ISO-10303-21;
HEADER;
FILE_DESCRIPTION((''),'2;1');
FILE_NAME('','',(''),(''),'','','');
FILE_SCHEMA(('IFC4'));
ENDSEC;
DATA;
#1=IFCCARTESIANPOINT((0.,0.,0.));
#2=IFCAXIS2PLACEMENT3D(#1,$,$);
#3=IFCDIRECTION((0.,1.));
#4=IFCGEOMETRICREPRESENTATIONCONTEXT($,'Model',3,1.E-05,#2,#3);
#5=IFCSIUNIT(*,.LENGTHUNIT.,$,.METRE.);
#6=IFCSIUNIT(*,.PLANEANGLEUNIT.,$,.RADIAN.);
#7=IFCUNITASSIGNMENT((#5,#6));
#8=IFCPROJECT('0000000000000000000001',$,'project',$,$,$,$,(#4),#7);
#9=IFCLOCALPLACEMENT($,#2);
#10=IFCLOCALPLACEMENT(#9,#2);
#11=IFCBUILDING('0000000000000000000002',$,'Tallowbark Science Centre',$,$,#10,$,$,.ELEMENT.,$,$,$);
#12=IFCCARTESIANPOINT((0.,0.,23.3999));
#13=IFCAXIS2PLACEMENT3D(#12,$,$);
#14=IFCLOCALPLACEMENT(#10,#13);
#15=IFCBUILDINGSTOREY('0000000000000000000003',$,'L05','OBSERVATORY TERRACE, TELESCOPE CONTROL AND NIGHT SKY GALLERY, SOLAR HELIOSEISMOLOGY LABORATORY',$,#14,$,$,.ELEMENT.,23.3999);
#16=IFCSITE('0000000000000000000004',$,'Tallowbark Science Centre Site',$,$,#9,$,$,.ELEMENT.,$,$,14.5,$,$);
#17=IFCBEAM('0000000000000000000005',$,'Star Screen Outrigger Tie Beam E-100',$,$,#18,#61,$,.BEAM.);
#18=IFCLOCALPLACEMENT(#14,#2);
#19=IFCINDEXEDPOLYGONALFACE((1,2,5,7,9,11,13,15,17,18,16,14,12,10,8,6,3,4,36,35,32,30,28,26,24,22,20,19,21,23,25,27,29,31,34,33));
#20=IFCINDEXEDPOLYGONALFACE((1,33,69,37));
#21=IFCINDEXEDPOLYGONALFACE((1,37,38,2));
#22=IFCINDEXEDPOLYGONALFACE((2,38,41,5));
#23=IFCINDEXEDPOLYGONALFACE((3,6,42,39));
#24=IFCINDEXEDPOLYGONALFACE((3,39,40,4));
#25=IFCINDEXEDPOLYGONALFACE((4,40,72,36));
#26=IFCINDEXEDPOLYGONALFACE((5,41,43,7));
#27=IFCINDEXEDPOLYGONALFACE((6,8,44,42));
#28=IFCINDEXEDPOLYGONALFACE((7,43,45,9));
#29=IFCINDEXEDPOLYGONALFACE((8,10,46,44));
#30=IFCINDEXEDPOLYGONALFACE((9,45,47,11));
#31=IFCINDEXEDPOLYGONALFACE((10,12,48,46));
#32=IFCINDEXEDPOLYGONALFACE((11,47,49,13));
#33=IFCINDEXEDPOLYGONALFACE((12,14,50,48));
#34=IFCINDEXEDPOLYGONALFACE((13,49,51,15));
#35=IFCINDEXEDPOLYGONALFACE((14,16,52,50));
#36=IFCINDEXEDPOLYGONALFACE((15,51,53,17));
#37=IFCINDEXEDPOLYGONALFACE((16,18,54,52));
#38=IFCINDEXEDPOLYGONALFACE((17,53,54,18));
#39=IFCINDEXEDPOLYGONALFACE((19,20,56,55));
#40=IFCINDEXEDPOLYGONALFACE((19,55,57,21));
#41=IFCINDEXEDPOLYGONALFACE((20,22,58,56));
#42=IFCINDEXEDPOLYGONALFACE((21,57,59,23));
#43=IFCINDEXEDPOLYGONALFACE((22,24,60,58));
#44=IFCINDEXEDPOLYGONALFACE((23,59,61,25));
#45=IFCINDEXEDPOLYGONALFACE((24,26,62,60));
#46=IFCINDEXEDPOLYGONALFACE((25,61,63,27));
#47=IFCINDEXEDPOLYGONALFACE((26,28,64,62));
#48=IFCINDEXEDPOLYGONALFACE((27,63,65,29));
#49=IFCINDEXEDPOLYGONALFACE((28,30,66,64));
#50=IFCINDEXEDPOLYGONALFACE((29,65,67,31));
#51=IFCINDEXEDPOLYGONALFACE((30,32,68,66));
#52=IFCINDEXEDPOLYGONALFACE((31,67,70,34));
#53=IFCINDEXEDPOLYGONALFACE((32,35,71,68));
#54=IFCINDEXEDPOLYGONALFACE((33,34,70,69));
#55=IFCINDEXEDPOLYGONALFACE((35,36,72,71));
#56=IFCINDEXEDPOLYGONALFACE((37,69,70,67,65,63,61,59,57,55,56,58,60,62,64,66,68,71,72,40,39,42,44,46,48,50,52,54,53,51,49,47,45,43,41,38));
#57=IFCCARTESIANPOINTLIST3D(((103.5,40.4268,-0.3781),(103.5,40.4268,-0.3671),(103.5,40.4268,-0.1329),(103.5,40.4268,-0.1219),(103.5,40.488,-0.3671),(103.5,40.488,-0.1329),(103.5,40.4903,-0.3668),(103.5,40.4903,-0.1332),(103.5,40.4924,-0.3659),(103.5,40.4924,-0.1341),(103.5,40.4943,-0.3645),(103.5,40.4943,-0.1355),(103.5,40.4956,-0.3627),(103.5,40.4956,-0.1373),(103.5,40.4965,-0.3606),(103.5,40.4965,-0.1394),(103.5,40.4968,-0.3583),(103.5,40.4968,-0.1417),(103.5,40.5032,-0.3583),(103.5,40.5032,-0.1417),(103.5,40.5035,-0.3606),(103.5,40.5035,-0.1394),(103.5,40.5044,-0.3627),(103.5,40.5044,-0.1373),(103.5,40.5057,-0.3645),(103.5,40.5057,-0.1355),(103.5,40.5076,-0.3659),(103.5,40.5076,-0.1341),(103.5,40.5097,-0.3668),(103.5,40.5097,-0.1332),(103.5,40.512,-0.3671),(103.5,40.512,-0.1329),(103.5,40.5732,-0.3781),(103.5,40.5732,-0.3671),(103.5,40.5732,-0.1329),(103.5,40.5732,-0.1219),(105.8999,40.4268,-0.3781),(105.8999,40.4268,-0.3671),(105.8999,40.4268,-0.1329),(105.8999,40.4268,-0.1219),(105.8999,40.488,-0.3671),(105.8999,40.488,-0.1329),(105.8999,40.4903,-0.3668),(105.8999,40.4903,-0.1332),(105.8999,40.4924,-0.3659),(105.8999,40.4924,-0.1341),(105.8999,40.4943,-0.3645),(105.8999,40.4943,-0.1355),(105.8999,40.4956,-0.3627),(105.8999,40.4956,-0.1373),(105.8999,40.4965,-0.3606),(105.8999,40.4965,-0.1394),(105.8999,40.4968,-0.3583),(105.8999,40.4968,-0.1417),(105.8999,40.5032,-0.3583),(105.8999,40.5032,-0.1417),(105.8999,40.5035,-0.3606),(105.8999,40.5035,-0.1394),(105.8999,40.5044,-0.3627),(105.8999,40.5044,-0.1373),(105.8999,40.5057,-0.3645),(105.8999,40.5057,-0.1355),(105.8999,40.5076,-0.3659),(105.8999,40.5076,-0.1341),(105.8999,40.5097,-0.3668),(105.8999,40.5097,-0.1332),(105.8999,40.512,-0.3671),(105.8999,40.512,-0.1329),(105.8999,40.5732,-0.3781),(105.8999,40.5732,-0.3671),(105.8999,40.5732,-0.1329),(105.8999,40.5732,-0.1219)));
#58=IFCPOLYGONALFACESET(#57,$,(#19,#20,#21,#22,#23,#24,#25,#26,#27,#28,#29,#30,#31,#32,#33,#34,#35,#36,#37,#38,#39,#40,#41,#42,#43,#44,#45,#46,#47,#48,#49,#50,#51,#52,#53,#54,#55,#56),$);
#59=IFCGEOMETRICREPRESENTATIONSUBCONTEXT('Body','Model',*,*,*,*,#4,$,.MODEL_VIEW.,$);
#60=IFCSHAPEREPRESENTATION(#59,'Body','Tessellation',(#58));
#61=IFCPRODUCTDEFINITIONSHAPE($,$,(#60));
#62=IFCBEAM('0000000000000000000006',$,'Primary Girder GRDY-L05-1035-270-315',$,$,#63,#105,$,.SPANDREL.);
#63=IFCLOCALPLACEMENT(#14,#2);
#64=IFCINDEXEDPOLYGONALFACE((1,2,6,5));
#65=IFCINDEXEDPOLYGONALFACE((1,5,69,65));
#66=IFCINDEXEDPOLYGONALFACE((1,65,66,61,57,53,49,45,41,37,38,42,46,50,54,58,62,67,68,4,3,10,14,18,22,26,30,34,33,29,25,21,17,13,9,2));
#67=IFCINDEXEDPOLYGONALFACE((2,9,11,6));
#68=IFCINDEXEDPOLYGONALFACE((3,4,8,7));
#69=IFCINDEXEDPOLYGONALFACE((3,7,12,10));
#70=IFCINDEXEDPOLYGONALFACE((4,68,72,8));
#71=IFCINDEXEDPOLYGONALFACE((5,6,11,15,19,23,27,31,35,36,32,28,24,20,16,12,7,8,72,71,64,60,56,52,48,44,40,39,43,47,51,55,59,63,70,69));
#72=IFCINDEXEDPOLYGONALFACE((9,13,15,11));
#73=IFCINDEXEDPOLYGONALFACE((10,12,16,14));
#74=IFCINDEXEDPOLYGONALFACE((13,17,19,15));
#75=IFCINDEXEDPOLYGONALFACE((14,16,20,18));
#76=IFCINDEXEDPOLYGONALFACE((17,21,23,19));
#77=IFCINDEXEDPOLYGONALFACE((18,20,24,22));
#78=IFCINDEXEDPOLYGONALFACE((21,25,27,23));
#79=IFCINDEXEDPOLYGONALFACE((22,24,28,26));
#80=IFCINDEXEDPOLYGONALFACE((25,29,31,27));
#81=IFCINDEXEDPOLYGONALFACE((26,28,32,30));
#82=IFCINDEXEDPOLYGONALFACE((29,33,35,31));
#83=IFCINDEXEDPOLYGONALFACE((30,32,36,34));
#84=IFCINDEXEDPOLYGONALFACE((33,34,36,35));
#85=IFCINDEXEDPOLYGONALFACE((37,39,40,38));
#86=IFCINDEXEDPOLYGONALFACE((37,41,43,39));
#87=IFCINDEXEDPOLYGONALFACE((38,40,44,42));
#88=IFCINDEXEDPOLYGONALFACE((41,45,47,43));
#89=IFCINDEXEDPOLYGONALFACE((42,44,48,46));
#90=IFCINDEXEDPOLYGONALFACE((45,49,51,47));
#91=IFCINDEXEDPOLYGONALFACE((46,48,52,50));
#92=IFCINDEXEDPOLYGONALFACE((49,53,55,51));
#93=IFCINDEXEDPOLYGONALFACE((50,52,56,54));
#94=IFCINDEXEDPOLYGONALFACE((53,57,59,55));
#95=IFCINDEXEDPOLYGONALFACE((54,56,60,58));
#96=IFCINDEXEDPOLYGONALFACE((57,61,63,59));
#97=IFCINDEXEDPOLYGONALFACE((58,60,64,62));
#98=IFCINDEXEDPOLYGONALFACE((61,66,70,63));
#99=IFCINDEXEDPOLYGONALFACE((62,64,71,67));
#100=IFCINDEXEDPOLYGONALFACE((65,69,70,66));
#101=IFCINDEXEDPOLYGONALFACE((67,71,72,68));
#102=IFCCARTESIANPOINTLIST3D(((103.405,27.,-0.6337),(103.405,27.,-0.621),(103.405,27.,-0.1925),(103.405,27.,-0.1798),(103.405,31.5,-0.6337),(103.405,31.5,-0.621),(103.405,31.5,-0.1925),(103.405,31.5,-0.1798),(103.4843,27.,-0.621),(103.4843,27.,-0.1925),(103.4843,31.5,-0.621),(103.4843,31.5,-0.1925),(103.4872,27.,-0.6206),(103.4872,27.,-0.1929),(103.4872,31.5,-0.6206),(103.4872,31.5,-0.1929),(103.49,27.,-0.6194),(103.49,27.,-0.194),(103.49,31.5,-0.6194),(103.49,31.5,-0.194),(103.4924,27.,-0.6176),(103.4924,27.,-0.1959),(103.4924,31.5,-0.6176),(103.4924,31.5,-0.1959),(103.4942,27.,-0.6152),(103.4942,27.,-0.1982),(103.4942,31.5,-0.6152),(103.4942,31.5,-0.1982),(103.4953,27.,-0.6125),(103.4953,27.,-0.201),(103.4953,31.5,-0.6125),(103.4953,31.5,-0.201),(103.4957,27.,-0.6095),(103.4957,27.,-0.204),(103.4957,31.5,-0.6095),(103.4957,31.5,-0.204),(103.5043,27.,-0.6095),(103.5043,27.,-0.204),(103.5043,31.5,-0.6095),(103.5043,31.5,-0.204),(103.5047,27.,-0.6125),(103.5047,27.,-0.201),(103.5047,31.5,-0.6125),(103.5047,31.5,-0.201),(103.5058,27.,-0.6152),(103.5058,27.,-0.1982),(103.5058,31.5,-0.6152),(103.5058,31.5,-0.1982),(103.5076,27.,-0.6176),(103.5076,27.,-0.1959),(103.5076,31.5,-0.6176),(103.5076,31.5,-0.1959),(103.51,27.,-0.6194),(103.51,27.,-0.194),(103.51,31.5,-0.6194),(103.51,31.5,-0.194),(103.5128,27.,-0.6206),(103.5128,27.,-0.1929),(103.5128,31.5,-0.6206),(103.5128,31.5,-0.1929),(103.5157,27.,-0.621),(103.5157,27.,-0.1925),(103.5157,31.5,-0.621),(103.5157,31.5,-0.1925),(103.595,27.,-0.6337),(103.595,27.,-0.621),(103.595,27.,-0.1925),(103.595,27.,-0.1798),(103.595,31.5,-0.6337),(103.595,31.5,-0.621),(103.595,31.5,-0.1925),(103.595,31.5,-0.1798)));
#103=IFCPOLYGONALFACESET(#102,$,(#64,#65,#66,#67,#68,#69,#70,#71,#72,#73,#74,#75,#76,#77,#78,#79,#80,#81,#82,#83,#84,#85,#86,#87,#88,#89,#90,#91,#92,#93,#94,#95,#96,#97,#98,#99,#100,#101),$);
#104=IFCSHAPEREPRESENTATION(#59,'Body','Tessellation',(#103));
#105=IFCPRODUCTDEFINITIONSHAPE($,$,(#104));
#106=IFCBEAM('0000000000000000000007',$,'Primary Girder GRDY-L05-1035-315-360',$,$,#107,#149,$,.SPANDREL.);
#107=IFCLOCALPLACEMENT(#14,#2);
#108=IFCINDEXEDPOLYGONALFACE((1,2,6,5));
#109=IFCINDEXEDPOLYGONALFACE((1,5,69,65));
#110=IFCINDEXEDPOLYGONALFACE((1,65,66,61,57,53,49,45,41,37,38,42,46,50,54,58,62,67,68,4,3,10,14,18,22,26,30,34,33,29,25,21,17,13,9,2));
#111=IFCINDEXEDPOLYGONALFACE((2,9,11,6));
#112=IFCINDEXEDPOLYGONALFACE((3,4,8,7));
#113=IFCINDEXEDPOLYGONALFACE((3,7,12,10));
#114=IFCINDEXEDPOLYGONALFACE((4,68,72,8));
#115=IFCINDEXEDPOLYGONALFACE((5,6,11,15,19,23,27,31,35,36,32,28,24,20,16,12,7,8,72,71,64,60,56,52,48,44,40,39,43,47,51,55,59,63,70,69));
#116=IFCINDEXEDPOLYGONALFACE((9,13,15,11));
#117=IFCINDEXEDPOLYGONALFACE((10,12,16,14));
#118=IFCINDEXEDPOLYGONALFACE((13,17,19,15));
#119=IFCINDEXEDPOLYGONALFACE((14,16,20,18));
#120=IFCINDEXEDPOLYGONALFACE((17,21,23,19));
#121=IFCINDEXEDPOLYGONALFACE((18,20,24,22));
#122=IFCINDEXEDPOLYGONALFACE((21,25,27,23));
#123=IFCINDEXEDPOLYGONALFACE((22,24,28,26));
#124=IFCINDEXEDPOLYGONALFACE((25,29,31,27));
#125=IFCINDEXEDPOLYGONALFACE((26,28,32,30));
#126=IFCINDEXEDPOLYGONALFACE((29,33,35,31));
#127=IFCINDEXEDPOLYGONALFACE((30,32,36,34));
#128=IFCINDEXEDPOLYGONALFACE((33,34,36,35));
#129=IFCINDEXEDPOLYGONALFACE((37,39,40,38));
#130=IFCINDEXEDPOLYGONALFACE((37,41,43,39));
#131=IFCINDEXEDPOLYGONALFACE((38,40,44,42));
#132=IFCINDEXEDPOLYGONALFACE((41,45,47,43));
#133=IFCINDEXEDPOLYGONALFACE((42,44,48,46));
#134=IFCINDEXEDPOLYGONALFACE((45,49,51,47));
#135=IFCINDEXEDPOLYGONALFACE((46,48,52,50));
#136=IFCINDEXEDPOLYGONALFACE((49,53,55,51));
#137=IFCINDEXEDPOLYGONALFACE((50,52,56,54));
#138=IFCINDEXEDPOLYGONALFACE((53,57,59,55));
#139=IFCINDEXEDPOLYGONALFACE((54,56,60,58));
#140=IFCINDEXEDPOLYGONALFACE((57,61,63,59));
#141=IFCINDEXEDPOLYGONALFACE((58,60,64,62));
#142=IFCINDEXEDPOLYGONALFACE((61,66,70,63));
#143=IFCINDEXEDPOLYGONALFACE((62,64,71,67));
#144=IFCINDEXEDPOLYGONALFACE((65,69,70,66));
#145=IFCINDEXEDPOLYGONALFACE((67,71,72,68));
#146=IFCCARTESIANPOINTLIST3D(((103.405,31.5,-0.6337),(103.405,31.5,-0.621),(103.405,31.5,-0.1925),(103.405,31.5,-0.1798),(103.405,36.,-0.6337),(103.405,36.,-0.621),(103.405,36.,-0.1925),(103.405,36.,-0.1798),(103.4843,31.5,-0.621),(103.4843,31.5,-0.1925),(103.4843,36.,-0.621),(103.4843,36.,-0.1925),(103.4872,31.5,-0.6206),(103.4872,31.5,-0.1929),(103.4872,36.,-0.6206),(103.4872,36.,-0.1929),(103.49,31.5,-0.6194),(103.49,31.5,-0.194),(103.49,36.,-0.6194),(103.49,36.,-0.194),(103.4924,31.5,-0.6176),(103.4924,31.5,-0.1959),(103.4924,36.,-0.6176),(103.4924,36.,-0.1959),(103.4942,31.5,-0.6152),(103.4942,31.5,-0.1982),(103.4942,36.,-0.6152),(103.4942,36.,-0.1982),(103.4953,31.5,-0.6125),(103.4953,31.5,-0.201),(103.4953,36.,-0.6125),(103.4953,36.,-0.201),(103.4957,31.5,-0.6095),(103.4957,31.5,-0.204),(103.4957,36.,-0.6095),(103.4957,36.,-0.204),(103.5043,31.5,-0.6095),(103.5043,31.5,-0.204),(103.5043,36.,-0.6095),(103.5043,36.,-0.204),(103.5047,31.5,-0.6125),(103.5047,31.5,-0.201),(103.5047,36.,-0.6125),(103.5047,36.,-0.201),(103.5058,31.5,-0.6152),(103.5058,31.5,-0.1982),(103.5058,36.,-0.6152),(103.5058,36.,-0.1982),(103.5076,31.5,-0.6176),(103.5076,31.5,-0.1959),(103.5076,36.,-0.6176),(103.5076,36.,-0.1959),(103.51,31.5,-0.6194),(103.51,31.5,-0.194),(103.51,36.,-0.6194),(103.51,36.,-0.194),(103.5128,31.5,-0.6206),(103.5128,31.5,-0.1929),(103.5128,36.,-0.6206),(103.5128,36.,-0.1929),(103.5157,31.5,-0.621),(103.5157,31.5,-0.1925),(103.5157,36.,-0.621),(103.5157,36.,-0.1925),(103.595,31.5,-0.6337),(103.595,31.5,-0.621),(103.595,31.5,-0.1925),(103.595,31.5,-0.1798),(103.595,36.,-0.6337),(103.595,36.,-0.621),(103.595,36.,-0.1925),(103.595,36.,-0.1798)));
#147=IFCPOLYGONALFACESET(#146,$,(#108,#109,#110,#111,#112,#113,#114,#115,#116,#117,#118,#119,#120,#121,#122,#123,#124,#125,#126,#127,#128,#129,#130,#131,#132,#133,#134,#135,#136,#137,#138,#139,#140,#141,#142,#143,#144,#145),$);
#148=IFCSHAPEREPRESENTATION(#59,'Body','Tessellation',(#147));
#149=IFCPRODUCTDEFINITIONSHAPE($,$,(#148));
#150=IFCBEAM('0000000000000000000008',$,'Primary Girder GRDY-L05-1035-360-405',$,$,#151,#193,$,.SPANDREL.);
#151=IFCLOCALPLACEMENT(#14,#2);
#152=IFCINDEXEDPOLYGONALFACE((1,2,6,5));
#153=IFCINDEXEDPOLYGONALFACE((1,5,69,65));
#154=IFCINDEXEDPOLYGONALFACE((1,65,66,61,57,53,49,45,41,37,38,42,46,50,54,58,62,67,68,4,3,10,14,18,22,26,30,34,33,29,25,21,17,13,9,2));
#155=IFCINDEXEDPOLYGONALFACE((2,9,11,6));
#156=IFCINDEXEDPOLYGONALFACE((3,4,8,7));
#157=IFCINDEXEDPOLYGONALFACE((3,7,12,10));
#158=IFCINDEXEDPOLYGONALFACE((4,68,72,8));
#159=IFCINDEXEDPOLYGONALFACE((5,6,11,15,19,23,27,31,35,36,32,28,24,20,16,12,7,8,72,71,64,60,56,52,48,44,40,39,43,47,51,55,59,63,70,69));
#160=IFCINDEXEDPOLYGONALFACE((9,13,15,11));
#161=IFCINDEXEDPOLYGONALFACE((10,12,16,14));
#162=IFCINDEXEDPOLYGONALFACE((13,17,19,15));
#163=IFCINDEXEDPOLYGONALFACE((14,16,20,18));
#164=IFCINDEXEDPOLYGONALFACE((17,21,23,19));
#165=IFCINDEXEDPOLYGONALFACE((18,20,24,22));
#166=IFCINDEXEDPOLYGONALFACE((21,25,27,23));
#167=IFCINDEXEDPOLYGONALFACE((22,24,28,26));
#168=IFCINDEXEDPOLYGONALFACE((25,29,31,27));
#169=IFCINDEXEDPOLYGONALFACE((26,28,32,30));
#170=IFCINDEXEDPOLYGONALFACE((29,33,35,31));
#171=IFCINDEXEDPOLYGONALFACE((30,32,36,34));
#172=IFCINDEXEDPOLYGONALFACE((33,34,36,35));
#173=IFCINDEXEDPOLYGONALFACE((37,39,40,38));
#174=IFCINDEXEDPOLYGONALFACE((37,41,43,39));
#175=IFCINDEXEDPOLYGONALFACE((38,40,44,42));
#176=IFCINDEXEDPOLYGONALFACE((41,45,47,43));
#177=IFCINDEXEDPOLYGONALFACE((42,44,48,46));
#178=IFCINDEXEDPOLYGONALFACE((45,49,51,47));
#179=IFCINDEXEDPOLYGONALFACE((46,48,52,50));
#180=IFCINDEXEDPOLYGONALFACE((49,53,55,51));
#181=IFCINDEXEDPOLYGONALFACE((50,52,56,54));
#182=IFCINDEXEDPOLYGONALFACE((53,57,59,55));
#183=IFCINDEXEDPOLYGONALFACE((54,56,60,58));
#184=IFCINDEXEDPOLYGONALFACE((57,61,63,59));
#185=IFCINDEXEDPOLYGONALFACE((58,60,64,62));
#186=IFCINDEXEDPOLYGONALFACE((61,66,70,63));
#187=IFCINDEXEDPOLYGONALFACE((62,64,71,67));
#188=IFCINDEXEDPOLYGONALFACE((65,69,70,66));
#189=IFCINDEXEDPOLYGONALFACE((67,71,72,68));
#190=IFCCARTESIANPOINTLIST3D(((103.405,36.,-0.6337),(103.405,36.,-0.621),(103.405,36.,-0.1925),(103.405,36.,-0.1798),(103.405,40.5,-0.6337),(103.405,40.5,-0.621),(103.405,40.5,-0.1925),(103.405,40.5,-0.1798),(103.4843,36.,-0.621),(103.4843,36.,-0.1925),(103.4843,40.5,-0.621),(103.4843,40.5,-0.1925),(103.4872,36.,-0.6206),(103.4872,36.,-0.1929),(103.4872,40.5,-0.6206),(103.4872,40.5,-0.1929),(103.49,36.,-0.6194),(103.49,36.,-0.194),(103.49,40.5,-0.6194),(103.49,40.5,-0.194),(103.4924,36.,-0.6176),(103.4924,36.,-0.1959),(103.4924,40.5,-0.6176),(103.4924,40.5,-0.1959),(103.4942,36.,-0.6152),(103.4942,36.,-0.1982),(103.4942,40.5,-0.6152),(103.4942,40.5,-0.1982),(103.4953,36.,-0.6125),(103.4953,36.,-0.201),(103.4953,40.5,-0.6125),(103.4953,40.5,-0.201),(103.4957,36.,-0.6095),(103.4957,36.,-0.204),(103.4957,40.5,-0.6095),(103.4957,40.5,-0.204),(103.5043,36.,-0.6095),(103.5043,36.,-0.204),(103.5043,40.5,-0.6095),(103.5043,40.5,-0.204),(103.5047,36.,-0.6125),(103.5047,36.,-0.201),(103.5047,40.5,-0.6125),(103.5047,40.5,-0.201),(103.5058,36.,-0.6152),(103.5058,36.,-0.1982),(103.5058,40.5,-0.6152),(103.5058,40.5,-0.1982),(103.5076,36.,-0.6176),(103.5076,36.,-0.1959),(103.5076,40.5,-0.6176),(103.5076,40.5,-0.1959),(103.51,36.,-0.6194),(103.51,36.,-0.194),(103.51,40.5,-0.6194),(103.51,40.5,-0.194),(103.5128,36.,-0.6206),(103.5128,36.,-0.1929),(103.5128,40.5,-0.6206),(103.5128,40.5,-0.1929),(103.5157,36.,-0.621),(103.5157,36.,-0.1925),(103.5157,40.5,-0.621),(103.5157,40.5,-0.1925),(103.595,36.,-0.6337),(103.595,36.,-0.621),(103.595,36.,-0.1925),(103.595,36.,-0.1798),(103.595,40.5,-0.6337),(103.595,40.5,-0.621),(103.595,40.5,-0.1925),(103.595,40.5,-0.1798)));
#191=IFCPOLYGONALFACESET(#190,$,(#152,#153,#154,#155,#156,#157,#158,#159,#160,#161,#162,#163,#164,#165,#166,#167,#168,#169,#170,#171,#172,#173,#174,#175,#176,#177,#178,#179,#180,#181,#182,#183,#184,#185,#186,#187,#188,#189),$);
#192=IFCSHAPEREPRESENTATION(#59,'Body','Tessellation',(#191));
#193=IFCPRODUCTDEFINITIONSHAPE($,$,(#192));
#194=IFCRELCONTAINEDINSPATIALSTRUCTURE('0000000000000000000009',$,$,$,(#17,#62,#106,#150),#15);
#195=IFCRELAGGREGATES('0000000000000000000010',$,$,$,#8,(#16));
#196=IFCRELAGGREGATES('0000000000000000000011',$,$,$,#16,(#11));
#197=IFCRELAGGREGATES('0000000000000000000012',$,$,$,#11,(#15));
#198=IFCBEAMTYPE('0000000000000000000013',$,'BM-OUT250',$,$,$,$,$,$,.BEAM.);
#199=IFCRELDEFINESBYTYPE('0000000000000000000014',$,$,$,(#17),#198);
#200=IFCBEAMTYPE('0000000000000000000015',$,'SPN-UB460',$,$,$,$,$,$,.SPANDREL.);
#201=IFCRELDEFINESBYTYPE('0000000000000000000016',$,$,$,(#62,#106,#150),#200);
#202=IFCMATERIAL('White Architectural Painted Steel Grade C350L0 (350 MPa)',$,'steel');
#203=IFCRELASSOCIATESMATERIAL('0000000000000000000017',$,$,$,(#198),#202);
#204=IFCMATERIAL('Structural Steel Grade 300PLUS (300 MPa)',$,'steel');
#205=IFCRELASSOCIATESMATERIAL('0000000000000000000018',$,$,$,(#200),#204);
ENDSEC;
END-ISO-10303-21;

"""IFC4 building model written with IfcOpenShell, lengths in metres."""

from ifc_helpers import new_model, si_unit, direction, frame, origin, origin_2d, place, context, subcontext, project, spatial, i_section, extrude, material, material_profile, profile_set, type_object, element, save


model = new_model("IFC4")

# Units and contexts
model_context = context("Model", 3, precision=1e-05, world=origin(), true_north=direction((0.0, 1.0)))
body_context = subcontext(model_context, "Body", "Model", "MODEL_VIEW")
ifc_project = project(units=[si_unit("LENGTHUNIT", "METRE"), si_unit("PLANEANGLEUNIT", "RADIAN")], contexts=[model_context])

# Site, building, storey
site_placement = place(None, origin())
site = spatial("IfcSite", under=ifc_project, at=site_placement, Name="Tallowbark Science Centre Site", CompositionType="ELEMENT", RefElevation=14.5)
building_placement = place(site_placement, origin())
building = spatial("IfcBuilding", under=site, at=building_placement, Name="Tallowbark Science Centre", CompositionType="ELEMENT")
storey_placement = place(building_placement, frame((0.0, 0.0, 23.3999)))
storey = spatial("IfcBuildingStorey", under=building, at=storey_placement, Name="L05", Description="OBSERVATORY TERRACE, TELESCOPE CONTROL AND NIGHT SKY GALLERY, SOLAR HELIOSEISMOLOGY LABORATORY", CompositionType="ELEMENT", Elevation=23.3999)

# Shared definitions
ifc_material_1 = material(Name="White Architectural Painted Steel Grade C350L0 (350 MPa)", Category="steel")

# Beams
ifc_material_profile_1 = material_profile(ifc_material_1, i_section(OverallWidth=0.1465, OverallDepth=0.2561, WebThickness=0.0063, FlangeThickness=0.011, FilletRadius=0.0088, at=origin_2d()), Name="250UB37.3")
ifc_profile_set_1 = profile_set([ifc_material_profile_1], Name="White Architectural Painted Steel Grade C350L0 (350 MPa)")
beam_type_1 = type_object("IfcBeamType", Name="BM-OUT250", PredefinedType="BEAM", material=ifc_profile_set_1)
for number, where, z_axis, x_axis, name in (
    (1, (103.5, 40.5, -0.25), (1.0, 0.0, 0.0), (0.0, 1.0, 0.0), "Star Screen Outrigger Tie Beam E-100"),
):
    element("IfcBeam", number, at=place(storey_placement, frame(where, z_axis=z_axis, x_axis=x_axis)), inside=storey, type_object=beam_type_1, Name=name, PredefinedType="BEAM", context=body_context, shape_type="SweptSolid", body=[
        extrude(i_section(OverallWidth=0.1465, OverallDepth=0.2561, WebThickness=0.0063, FlangeThickness=0.011, FilletRadius=0.0088, at=origin_2d()), origin(), (0.0, 0.0, 1.0), 2.3999),
    ])
ifc_material_2 = material(Name="Structural Steel Grade 300PLUS (300 MPa)", Category="steel")
ifc_material_profile_2 = material_profile(ifc_material_2, i_section(OverallWidth=0.1899, OverallDepth=0.4539, WebThickness=0.0085, FlangeThickness=0.0127, FilletRadius=0.0115, at=origin_2d()), Name="460UB67.1")
ifc_profile_set_2 = profile_set([ifc_material_profile_2], Name="Structural Steel Grade 300PLUS (300 MPa)")
beam_type_2 = type_object("IfcBeamType", Name="SPN-UB460", PredefinedType="SPANDREL", material=ifc_profile_set_2)
for number, where, z_axis, x_axis, name in (
    (2, (103.5, 27.0, -0.4067), (0.0, 1.0, 0.0), (-1.0, 0.0, 0.0), "Primary Girder GRDY-L05-1035-270-315"),
    (3, (103.5, 31.5, -0.4067), (0.0, 1.0, 0.0), (-1.0, 0.0, 0.0), "Primary Girder GRDY-L05-1035-315-360"),
    (4, (103.5, 36.0, -0.4067), (0.0, 1.0, 0.0), (-1.0, 0.0, 0.0), "Primary Girder GRDY-L05-1035-360-405"),
):
    element("IfcBeam", number, at=place(storey_placement, frame(where, z_axis=z_axis, x_axis=x_axis)), inside=storey, type_object=beam_type_2, Name=name, PredefinedType="SPANDREL", context=body_context, shape_type="SweptSolid", body=[
        extrude(i_section(OverallWidth=0.1899, OverallDepth=0.4539, WebThickness=0.0085, FlangeThickness=0.0127, FilletRadius=0.0115, at=origin_2d()), origin(), (0.0, 0.0, 1.0), 4.5),
    ])

save(model, "model.ifc")
